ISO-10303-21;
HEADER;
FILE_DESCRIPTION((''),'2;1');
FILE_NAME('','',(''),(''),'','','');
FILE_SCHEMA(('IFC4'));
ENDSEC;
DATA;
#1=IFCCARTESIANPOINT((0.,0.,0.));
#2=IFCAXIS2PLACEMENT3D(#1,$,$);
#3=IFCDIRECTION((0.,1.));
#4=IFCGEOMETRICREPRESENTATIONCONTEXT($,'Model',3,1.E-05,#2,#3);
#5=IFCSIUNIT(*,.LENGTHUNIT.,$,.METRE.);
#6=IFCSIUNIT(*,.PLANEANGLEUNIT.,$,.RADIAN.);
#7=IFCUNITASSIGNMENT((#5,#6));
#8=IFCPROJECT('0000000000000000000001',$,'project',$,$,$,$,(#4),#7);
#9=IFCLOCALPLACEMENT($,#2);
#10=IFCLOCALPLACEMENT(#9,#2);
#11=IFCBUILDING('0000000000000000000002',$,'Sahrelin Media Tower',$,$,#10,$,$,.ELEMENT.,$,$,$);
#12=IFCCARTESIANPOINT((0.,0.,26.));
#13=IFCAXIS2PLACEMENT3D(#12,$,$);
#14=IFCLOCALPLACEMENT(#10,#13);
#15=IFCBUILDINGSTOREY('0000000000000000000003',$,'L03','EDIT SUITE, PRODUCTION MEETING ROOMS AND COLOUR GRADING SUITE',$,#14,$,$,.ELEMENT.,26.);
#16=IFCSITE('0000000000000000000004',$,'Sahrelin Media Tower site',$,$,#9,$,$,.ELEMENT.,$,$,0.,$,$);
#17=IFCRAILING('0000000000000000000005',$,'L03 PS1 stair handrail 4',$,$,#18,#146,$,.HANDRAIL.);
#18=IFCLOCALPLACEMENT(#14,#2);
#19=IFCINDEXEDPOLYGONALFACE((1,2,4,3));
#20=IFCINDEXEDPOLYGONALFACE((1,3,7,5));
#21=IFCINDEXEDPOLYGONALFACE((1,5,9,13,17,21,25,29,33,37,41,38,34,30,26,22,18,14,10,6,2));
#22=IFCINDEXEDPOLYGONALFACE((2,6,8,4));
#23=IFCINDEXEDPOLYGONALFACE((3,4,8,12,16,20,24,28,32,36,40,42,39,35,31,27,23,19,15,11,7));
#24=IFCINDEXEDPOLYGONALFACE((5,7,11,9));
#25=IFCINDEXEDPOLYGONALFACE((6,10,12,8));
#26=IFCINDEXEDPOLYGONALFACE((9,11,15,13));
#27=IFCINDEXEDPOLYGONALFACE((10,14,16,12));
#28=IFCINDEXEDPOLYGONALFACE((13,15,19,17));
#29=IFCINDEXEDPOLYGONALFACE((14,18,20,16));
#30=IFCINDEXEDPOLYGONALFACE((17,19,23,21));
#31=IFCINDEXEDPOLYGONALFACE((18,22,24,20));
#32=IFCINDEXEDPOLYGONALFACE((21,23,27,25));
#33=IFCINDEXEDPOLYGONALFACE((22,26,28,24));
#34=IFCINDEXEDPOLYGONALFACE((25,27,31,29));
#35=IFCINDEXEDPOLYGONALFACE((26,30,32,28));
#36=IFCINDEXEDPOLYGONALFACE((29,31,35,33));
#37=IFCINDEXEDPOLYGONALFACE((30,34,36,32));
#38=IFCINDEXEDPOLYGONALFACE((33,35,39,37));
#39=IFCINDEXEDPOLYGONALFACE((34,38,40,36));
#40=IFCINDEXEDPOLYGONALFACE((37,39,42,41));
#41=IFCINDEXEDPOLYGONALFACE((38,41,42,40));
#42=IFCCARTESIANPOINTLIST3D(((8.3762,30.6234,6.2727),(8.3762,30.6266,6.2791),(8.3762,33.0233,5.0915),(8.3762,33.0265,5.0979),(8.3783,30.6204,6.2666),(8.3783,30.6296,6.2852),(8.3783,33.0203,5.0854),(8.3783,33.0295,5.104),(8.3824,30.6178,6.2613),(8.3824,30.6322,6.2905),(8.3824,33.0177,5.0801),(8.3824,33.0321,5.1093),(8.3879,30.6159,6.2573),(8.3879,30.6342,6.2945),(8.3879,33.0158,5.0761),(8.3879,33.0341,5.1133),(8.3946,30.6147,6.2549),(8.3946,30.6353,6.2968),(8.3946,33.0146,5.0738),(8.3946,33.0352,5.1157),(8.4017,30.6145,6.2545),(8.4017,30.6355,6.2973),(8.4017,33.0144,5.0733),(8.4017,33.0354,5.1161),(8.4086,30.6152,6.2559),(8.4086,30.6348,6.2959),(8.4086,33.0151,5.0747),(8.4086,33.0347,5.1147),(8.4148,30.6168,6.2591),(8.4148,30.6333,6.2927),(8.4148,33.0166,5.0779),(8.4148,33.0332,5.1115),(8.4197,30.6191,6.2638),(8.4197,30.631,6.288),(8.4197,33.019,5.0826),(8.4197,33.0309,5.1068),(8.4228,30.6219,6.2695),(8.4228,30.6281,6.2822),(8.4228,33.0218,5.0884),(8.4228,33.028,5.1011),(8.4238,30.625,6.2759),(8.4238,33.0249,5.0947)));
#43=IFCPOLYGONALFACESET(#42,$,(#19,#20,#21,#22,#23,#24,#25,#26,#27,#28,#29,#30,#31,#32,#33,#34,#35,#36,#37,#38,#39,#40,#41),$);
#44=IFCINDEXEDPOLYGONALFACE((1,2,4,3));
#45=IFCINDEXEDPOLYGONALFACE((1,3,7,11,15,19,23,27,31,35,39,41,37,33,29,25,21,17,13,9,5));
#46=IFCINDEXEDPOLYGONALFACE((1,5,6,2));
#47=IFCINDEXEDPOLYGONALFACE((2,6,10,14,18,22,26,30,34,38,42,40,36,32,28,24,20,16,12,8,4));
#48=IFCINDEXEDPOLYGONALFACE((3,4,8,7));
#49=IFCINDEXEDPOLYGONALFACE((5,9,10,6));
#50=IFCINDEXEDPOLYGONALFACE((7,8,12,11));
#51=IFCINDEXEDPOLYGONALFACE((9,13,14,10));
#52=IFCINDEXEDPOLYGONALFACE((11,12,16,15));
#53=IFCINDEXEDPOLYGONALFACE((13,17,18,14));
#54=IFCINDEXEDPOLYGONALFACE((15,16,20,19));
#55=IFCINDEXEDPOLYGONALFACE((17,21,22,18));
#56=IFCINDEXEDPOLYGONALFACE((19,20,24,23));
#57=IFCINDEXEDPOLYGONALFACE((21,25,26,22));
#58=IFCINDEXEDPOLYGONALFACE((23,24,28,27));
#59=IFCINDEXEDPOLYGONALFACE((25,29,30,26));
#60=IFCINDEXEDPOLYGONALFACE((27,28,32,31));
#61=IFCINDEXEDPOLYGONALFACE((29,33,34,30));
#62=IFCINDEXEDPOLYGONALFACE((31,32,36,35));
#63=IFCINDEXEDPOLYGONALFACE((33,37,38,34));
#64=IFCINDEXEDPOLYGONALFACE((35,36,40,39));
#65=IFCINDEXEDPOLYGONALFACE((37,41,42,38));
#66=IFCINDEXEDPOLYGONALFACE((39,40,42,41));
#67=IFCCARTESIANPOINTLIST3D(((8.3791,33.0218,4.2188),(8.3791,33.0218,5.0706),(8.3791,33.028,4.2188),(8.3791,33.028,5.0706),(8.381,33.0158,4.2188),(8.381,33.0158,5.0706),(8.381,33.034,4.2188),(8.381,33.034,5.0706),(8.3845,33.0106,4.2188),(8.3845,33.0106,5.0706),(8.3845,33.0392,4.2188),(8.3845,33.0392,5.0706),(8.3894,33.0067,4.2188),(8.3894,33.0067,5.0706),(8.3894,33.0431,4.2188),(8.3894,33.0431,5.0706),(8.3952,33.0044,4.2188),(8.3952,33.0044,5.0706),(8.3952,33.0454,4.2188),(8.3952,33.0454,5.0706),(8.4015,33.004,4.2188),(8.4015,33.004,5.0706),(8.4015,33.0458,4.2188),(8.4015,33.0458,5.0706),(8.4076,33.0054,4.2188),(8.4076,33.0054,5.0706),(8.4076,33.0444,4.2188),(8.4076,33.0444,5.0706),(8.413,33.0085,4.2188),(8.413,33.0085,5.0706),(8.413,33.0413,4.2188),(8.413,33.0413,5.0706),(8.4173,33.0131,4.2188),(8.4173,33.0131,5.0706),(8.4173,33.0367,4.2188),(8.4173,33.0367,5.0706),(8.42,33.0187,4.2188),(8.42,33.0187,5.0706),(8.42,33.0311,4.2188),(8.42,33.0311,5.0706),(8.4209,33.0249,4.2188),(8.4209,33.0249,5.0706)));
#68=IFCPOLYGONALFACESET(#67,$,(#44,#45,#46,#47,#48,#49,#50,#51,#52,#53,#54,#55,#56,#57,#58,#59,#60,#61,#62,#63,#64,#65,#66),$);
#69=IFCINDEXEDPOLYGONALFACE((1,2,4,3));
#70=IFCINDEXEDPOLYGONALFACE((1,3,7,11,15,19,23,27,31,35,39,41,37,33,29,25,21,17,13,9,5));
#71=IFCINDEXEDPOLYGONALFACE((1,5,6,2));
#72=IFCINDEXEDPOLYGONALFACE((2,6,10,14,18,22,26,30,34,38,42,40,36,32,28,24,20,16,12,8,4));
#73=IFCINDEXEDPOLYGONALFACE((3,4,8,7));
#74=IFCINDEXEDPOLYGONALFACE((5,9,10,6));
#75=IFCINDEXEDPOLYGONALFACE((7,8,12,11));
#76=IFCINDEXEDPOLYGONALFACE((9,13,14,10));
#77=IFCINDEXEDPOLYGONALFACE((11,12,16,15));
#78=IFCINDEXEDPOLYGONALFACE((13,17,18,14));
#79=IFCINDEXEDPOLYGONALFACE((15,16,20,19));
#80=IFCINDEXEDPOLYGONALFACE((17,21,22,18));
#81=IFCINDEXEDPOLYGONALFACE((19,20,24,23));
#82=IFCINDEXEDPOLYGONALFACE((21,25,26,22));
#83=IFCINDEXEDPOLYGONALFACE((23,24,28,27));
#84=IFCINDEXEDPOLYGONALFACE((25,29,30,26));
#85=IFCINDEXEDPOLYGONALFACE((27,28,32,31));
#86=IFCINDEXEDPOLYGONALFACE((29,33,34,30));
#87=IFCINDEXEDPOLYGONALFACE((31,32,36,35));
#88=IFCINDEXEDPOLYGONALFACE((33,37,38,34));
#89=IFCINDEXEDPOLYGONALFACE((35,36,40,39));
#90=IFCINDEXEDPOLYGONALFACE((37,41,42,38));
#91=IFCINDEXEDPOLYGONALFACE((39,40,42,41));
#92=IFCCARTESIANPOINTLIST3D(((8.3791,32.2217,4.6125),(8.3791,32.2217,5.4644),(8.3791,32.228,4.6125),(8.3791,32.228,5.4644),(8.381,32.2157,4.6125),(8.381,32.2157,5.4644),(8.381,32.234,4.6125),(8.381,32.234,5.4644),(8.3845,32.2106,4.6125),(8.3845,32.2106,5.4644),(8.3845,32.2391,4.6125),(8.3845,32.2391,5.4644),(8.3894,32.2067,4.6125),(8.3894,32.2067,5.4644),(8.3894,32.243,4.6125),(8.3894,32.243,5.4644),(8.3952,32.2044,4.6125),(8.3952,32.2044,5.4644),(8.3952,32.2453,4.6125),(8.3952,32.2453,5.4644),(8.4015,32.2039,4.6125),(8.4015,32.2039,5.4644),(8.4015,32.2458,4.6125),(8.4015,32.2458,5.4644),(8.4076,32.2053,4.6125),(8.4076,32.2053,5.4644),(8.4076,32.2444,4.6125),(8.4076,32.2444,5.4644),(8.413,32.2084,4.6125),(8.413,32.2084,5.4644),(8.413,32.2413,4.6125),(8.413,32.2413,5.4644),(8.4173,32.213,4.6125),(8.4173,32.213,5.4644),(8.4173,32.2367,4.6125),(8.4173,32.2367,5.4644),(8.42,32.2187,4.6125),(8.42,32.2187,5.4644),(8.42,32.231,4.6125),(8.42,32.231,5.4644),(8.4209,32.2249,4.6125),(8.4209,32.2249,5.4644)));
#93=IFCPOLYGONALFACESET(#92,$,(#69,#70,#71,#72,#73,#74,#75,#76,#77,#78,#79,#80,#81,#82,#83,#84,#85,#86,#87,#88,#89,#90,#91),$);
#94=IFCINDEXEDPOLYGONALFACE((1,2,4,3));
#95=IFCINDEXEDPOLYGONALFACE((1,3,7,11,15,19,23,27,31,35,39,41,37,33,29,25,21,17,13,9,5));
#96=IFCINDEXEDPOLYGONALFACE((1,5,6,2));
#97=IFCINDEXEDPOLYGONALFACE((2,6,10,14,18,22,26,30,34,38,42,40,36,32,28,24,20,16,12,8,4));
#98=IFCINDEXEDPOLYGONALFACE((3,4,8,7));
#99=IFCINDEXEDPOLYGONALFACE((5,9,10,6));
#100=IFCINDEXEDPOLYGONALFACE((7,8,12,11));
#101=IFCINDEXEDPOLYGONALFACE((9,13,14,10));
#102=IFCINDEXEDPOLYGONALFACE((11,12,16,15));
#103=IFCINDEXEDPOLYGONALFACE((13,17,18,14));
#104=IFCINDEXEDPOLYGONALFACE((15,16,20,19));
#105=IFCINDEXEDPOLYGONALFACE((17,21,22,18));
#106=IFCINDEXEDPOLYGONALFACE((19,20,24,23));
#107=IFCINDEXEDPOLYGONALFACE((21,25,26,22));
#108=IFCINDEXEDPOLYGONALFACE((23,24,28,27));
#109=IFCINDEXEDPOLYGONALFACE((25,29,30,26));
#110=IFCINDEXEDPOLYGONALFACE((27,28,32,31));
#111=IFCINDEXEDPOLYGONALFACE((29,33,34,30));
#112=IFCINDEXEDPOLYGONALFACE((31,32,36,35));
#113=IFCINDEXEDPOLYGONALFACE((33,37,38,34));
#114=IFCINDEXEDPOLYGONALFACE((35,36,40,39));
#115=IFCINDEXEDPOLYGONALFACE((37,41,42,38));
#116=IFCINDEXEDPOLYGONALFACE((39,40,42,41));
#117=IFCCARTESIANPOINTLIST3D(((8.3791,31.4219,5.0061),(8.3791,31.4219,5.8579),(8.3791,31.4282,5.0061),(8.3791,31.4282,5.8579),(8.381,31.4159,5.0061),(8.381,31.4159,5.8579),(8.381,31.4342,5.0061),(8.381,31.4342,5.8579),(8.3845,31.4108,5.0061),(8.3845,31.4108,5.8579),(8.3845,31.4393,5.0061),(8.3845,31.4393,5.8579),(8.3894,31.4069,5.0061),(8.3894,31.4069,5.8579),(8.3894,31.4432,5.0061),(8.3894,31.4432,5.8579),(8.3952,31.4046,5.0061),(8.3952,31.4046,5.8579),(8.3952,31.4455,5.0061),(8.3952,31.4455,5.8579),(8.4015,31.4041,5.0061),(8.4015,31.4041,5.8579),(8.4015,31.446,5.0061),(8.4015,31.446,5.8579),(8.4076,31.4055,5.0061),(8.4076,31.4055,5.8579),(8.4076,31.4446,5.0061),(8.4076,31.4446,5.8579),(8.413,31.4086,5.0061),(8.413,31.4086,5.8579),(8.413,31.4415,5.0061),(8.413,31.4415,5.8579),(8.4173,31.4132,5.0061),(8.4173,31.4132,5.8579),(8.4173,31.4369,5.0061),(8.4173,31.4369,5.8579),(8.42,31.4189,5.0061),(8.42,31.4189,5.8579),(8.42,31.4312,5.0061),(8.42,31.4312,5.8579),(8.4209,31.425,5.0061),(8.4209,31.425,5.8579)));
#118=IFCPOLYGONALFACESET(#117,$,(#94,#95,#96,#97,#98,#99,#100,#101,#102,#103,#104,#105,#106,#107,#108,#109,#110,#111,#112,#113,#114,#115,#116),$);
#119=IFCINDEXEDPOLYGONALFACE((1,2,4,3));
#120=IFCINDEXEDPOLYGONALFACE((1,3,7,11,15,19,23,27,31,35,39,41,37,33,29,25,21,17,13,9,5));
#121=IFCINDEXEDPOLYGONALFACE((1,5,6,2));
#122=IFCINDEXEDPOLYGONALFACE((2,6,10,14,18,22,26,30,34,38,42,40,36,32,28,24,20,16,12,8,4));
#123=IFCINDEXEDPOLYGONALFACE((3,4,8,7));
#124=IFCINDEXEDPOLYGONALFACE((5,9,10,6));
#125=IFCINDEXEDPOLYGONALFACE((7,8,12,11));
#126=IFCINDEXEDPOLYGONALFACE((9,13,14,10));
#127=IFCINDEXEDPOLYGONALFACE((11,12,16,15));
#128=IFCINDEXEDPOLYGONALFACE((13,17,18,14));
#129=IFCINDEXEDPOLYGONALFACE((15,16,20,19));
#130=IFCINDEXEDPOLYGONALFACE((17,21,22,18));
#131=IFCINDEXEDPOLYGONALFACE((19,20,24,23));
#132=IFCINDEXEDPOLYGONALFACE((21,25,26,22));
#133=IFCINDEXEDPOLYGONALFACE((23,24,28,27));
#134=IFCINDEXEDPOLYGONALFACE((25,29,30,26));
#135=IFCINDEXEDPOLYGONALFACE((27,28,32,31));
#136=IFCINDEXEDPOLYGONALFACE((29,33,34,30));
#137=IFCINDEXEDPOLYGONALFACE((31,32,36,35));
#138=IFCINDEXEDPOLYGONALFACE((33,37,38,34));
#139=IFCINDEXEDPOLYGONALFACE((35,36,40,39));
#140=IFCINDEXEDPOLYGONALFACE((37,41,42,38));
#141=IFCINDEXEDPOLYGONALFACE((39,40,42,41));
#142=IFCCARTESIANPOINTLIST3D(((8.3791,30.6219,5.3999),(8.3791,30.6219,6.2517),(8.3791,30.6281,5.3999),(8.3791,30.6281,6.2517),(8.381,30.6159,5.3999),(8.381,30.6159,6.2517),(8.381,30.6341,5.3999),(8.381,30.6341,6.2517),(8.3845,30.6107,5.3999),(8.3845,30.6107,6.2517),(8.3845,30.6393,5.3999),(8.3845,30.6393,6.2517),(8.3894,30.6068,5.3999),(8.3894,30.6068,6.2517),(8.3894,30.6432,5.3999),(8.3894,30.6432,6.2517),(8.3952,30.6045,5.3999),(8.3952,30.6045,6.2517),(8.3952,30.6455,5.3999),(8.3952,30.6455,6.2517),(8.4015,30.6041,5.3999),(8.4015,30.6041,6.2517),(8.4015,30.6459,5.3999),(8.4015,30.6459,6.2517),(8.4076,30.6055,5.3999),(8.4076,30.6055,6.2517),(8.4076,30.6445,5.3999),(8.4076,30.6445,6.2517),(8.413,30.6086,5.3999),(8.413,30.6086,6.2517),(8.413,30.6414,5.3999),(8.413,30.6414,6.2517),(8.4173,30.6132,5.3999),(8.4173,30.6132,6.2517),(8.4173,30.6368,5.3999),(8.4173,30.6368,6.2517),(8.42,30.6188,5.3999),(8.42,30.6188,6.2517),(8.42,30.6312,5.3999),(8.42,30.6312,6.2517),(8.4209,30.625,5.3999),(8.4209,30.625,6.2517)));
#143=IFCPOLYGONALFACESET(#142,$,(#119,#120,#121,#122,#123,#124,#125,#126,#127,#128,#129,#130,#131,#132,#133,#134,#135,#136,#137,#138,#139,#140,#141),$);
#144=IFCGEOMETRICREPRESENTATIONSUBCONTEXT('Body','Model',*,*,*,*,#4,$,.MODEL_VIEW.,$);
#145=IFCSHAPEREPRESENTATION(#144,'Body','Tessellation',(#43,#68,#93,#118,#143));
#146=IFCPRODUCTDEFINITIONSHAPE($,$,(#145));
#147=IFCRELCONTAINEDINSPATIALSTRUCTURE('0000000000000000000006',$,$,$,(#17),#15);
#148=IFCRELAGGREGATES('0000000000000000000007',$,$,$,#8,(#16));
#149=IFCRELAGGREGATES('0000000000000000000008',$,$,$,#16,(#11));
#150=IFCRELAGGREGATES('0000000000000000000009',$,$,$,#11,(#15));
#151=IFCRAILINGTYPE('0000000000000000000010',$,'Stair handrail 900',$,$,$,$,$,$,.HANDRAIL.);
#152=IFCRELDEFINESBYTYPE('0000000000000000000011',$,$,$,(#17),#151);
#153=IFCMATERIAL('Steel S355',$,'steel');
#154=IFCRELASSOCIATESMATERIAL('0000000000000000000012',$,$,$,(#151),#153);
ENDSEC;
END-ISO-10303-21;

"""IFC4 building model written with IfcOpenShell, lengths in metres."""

from ifc_helpers import new_model, si_unit, direction, frame, origin, origin_2d, place, context, subcontext, project, spatial, circle, extrude, material, type_object, element, save


model = new_model("IFC4")

# Units and contexts
model_context = context("Model", 3, precision=1e-05, world=origin(), true_north=direction((0.0, 1.0)))
body_context = subcontext(model_context, "Body", "Model", "MODEL_VIEW")
ifc_project = project(units=[si_unit("LENGTHUNIT", "METRE"), si_unit("PLANEANGLEUNIT", "RADIAN")], contexts=[model_context])

# Site, building, storey
site_placement = place(None, origin())
site = spatial("IfcSite", under=ifc_project, at=site_placement, Name="Sahrelin Media Tower site", CompositionType="ELEMENT", RefElevation=0.0)
building_placement = place(site_placement, origin())
building = spatial("IfcBuilding", under=site, at=building_placement, Name="Sahrelin Media Tower", CompositionType="ELEMENT")
storey_placement = place(building_placement, frame((0.0, 0.0, 26.0)))
storey = spatial("IfcBuildingStorey", under=building, at=storey_placement, Name="L03", Description="EDIT SUITE, PRODUCTION MEETING ROOMS AND COLOUR GRADING SUITE", CompositionType="ELEMENT", Elevation=26.0)

# Shared definitions
ifc_material_1 = material(Name="Steel S355", Category="steel")

# Railing
railing_type_1 = type_object("IfcRailingType", Name="Stair handrail 900", PredefinedType="HANDRAIL", material=ifc_material_1)
railing_1_placement = place(storey_placement, frame((8.3999, 33.0249, 4.2188)))
element("IfcRailing", 1, at=railing_1_placement, inside=storey, type_object=railing_type_1, Name="L03 PS1 stair handrail 4", PredefinedType="HANDRAIL", context=body_context, shape_type="SweptSolid", body=[
    extrude(circle(Radius=0.0239, at=origin_2d()), frame((0.0, 0.0, 0.876), z_axis=(0.0, -0.897221, 0.441582), x_axis=(1.0, 0.0, 0.0)), (0.0, 0.0, 1.0), 2.6748),
    extrude(circle(Radius=0.021, at=origin_2d()), origin(), (0.0, 0.0, 1.0), 0.8518),
    extrude(circle(Radius=0.021, at=origin_2d()), frame((0.0, -0.8, 0.3938)), (0.0, 0.0, 1.0), 0.8518),
    extrude(circle(Radius=0.021, at=origin_2d()), frame((0.0, -1.5999, 0.7874)), (0.0, 0.0, 1.0), 0.8518),
    extrude(circle(Radius=0.021, at=origin_2d()), frame((0.0, -2.3999, 1.1812)), (0.0, 0.0, 1.0), 0.8518),
])

save(model, "model.ifc")
